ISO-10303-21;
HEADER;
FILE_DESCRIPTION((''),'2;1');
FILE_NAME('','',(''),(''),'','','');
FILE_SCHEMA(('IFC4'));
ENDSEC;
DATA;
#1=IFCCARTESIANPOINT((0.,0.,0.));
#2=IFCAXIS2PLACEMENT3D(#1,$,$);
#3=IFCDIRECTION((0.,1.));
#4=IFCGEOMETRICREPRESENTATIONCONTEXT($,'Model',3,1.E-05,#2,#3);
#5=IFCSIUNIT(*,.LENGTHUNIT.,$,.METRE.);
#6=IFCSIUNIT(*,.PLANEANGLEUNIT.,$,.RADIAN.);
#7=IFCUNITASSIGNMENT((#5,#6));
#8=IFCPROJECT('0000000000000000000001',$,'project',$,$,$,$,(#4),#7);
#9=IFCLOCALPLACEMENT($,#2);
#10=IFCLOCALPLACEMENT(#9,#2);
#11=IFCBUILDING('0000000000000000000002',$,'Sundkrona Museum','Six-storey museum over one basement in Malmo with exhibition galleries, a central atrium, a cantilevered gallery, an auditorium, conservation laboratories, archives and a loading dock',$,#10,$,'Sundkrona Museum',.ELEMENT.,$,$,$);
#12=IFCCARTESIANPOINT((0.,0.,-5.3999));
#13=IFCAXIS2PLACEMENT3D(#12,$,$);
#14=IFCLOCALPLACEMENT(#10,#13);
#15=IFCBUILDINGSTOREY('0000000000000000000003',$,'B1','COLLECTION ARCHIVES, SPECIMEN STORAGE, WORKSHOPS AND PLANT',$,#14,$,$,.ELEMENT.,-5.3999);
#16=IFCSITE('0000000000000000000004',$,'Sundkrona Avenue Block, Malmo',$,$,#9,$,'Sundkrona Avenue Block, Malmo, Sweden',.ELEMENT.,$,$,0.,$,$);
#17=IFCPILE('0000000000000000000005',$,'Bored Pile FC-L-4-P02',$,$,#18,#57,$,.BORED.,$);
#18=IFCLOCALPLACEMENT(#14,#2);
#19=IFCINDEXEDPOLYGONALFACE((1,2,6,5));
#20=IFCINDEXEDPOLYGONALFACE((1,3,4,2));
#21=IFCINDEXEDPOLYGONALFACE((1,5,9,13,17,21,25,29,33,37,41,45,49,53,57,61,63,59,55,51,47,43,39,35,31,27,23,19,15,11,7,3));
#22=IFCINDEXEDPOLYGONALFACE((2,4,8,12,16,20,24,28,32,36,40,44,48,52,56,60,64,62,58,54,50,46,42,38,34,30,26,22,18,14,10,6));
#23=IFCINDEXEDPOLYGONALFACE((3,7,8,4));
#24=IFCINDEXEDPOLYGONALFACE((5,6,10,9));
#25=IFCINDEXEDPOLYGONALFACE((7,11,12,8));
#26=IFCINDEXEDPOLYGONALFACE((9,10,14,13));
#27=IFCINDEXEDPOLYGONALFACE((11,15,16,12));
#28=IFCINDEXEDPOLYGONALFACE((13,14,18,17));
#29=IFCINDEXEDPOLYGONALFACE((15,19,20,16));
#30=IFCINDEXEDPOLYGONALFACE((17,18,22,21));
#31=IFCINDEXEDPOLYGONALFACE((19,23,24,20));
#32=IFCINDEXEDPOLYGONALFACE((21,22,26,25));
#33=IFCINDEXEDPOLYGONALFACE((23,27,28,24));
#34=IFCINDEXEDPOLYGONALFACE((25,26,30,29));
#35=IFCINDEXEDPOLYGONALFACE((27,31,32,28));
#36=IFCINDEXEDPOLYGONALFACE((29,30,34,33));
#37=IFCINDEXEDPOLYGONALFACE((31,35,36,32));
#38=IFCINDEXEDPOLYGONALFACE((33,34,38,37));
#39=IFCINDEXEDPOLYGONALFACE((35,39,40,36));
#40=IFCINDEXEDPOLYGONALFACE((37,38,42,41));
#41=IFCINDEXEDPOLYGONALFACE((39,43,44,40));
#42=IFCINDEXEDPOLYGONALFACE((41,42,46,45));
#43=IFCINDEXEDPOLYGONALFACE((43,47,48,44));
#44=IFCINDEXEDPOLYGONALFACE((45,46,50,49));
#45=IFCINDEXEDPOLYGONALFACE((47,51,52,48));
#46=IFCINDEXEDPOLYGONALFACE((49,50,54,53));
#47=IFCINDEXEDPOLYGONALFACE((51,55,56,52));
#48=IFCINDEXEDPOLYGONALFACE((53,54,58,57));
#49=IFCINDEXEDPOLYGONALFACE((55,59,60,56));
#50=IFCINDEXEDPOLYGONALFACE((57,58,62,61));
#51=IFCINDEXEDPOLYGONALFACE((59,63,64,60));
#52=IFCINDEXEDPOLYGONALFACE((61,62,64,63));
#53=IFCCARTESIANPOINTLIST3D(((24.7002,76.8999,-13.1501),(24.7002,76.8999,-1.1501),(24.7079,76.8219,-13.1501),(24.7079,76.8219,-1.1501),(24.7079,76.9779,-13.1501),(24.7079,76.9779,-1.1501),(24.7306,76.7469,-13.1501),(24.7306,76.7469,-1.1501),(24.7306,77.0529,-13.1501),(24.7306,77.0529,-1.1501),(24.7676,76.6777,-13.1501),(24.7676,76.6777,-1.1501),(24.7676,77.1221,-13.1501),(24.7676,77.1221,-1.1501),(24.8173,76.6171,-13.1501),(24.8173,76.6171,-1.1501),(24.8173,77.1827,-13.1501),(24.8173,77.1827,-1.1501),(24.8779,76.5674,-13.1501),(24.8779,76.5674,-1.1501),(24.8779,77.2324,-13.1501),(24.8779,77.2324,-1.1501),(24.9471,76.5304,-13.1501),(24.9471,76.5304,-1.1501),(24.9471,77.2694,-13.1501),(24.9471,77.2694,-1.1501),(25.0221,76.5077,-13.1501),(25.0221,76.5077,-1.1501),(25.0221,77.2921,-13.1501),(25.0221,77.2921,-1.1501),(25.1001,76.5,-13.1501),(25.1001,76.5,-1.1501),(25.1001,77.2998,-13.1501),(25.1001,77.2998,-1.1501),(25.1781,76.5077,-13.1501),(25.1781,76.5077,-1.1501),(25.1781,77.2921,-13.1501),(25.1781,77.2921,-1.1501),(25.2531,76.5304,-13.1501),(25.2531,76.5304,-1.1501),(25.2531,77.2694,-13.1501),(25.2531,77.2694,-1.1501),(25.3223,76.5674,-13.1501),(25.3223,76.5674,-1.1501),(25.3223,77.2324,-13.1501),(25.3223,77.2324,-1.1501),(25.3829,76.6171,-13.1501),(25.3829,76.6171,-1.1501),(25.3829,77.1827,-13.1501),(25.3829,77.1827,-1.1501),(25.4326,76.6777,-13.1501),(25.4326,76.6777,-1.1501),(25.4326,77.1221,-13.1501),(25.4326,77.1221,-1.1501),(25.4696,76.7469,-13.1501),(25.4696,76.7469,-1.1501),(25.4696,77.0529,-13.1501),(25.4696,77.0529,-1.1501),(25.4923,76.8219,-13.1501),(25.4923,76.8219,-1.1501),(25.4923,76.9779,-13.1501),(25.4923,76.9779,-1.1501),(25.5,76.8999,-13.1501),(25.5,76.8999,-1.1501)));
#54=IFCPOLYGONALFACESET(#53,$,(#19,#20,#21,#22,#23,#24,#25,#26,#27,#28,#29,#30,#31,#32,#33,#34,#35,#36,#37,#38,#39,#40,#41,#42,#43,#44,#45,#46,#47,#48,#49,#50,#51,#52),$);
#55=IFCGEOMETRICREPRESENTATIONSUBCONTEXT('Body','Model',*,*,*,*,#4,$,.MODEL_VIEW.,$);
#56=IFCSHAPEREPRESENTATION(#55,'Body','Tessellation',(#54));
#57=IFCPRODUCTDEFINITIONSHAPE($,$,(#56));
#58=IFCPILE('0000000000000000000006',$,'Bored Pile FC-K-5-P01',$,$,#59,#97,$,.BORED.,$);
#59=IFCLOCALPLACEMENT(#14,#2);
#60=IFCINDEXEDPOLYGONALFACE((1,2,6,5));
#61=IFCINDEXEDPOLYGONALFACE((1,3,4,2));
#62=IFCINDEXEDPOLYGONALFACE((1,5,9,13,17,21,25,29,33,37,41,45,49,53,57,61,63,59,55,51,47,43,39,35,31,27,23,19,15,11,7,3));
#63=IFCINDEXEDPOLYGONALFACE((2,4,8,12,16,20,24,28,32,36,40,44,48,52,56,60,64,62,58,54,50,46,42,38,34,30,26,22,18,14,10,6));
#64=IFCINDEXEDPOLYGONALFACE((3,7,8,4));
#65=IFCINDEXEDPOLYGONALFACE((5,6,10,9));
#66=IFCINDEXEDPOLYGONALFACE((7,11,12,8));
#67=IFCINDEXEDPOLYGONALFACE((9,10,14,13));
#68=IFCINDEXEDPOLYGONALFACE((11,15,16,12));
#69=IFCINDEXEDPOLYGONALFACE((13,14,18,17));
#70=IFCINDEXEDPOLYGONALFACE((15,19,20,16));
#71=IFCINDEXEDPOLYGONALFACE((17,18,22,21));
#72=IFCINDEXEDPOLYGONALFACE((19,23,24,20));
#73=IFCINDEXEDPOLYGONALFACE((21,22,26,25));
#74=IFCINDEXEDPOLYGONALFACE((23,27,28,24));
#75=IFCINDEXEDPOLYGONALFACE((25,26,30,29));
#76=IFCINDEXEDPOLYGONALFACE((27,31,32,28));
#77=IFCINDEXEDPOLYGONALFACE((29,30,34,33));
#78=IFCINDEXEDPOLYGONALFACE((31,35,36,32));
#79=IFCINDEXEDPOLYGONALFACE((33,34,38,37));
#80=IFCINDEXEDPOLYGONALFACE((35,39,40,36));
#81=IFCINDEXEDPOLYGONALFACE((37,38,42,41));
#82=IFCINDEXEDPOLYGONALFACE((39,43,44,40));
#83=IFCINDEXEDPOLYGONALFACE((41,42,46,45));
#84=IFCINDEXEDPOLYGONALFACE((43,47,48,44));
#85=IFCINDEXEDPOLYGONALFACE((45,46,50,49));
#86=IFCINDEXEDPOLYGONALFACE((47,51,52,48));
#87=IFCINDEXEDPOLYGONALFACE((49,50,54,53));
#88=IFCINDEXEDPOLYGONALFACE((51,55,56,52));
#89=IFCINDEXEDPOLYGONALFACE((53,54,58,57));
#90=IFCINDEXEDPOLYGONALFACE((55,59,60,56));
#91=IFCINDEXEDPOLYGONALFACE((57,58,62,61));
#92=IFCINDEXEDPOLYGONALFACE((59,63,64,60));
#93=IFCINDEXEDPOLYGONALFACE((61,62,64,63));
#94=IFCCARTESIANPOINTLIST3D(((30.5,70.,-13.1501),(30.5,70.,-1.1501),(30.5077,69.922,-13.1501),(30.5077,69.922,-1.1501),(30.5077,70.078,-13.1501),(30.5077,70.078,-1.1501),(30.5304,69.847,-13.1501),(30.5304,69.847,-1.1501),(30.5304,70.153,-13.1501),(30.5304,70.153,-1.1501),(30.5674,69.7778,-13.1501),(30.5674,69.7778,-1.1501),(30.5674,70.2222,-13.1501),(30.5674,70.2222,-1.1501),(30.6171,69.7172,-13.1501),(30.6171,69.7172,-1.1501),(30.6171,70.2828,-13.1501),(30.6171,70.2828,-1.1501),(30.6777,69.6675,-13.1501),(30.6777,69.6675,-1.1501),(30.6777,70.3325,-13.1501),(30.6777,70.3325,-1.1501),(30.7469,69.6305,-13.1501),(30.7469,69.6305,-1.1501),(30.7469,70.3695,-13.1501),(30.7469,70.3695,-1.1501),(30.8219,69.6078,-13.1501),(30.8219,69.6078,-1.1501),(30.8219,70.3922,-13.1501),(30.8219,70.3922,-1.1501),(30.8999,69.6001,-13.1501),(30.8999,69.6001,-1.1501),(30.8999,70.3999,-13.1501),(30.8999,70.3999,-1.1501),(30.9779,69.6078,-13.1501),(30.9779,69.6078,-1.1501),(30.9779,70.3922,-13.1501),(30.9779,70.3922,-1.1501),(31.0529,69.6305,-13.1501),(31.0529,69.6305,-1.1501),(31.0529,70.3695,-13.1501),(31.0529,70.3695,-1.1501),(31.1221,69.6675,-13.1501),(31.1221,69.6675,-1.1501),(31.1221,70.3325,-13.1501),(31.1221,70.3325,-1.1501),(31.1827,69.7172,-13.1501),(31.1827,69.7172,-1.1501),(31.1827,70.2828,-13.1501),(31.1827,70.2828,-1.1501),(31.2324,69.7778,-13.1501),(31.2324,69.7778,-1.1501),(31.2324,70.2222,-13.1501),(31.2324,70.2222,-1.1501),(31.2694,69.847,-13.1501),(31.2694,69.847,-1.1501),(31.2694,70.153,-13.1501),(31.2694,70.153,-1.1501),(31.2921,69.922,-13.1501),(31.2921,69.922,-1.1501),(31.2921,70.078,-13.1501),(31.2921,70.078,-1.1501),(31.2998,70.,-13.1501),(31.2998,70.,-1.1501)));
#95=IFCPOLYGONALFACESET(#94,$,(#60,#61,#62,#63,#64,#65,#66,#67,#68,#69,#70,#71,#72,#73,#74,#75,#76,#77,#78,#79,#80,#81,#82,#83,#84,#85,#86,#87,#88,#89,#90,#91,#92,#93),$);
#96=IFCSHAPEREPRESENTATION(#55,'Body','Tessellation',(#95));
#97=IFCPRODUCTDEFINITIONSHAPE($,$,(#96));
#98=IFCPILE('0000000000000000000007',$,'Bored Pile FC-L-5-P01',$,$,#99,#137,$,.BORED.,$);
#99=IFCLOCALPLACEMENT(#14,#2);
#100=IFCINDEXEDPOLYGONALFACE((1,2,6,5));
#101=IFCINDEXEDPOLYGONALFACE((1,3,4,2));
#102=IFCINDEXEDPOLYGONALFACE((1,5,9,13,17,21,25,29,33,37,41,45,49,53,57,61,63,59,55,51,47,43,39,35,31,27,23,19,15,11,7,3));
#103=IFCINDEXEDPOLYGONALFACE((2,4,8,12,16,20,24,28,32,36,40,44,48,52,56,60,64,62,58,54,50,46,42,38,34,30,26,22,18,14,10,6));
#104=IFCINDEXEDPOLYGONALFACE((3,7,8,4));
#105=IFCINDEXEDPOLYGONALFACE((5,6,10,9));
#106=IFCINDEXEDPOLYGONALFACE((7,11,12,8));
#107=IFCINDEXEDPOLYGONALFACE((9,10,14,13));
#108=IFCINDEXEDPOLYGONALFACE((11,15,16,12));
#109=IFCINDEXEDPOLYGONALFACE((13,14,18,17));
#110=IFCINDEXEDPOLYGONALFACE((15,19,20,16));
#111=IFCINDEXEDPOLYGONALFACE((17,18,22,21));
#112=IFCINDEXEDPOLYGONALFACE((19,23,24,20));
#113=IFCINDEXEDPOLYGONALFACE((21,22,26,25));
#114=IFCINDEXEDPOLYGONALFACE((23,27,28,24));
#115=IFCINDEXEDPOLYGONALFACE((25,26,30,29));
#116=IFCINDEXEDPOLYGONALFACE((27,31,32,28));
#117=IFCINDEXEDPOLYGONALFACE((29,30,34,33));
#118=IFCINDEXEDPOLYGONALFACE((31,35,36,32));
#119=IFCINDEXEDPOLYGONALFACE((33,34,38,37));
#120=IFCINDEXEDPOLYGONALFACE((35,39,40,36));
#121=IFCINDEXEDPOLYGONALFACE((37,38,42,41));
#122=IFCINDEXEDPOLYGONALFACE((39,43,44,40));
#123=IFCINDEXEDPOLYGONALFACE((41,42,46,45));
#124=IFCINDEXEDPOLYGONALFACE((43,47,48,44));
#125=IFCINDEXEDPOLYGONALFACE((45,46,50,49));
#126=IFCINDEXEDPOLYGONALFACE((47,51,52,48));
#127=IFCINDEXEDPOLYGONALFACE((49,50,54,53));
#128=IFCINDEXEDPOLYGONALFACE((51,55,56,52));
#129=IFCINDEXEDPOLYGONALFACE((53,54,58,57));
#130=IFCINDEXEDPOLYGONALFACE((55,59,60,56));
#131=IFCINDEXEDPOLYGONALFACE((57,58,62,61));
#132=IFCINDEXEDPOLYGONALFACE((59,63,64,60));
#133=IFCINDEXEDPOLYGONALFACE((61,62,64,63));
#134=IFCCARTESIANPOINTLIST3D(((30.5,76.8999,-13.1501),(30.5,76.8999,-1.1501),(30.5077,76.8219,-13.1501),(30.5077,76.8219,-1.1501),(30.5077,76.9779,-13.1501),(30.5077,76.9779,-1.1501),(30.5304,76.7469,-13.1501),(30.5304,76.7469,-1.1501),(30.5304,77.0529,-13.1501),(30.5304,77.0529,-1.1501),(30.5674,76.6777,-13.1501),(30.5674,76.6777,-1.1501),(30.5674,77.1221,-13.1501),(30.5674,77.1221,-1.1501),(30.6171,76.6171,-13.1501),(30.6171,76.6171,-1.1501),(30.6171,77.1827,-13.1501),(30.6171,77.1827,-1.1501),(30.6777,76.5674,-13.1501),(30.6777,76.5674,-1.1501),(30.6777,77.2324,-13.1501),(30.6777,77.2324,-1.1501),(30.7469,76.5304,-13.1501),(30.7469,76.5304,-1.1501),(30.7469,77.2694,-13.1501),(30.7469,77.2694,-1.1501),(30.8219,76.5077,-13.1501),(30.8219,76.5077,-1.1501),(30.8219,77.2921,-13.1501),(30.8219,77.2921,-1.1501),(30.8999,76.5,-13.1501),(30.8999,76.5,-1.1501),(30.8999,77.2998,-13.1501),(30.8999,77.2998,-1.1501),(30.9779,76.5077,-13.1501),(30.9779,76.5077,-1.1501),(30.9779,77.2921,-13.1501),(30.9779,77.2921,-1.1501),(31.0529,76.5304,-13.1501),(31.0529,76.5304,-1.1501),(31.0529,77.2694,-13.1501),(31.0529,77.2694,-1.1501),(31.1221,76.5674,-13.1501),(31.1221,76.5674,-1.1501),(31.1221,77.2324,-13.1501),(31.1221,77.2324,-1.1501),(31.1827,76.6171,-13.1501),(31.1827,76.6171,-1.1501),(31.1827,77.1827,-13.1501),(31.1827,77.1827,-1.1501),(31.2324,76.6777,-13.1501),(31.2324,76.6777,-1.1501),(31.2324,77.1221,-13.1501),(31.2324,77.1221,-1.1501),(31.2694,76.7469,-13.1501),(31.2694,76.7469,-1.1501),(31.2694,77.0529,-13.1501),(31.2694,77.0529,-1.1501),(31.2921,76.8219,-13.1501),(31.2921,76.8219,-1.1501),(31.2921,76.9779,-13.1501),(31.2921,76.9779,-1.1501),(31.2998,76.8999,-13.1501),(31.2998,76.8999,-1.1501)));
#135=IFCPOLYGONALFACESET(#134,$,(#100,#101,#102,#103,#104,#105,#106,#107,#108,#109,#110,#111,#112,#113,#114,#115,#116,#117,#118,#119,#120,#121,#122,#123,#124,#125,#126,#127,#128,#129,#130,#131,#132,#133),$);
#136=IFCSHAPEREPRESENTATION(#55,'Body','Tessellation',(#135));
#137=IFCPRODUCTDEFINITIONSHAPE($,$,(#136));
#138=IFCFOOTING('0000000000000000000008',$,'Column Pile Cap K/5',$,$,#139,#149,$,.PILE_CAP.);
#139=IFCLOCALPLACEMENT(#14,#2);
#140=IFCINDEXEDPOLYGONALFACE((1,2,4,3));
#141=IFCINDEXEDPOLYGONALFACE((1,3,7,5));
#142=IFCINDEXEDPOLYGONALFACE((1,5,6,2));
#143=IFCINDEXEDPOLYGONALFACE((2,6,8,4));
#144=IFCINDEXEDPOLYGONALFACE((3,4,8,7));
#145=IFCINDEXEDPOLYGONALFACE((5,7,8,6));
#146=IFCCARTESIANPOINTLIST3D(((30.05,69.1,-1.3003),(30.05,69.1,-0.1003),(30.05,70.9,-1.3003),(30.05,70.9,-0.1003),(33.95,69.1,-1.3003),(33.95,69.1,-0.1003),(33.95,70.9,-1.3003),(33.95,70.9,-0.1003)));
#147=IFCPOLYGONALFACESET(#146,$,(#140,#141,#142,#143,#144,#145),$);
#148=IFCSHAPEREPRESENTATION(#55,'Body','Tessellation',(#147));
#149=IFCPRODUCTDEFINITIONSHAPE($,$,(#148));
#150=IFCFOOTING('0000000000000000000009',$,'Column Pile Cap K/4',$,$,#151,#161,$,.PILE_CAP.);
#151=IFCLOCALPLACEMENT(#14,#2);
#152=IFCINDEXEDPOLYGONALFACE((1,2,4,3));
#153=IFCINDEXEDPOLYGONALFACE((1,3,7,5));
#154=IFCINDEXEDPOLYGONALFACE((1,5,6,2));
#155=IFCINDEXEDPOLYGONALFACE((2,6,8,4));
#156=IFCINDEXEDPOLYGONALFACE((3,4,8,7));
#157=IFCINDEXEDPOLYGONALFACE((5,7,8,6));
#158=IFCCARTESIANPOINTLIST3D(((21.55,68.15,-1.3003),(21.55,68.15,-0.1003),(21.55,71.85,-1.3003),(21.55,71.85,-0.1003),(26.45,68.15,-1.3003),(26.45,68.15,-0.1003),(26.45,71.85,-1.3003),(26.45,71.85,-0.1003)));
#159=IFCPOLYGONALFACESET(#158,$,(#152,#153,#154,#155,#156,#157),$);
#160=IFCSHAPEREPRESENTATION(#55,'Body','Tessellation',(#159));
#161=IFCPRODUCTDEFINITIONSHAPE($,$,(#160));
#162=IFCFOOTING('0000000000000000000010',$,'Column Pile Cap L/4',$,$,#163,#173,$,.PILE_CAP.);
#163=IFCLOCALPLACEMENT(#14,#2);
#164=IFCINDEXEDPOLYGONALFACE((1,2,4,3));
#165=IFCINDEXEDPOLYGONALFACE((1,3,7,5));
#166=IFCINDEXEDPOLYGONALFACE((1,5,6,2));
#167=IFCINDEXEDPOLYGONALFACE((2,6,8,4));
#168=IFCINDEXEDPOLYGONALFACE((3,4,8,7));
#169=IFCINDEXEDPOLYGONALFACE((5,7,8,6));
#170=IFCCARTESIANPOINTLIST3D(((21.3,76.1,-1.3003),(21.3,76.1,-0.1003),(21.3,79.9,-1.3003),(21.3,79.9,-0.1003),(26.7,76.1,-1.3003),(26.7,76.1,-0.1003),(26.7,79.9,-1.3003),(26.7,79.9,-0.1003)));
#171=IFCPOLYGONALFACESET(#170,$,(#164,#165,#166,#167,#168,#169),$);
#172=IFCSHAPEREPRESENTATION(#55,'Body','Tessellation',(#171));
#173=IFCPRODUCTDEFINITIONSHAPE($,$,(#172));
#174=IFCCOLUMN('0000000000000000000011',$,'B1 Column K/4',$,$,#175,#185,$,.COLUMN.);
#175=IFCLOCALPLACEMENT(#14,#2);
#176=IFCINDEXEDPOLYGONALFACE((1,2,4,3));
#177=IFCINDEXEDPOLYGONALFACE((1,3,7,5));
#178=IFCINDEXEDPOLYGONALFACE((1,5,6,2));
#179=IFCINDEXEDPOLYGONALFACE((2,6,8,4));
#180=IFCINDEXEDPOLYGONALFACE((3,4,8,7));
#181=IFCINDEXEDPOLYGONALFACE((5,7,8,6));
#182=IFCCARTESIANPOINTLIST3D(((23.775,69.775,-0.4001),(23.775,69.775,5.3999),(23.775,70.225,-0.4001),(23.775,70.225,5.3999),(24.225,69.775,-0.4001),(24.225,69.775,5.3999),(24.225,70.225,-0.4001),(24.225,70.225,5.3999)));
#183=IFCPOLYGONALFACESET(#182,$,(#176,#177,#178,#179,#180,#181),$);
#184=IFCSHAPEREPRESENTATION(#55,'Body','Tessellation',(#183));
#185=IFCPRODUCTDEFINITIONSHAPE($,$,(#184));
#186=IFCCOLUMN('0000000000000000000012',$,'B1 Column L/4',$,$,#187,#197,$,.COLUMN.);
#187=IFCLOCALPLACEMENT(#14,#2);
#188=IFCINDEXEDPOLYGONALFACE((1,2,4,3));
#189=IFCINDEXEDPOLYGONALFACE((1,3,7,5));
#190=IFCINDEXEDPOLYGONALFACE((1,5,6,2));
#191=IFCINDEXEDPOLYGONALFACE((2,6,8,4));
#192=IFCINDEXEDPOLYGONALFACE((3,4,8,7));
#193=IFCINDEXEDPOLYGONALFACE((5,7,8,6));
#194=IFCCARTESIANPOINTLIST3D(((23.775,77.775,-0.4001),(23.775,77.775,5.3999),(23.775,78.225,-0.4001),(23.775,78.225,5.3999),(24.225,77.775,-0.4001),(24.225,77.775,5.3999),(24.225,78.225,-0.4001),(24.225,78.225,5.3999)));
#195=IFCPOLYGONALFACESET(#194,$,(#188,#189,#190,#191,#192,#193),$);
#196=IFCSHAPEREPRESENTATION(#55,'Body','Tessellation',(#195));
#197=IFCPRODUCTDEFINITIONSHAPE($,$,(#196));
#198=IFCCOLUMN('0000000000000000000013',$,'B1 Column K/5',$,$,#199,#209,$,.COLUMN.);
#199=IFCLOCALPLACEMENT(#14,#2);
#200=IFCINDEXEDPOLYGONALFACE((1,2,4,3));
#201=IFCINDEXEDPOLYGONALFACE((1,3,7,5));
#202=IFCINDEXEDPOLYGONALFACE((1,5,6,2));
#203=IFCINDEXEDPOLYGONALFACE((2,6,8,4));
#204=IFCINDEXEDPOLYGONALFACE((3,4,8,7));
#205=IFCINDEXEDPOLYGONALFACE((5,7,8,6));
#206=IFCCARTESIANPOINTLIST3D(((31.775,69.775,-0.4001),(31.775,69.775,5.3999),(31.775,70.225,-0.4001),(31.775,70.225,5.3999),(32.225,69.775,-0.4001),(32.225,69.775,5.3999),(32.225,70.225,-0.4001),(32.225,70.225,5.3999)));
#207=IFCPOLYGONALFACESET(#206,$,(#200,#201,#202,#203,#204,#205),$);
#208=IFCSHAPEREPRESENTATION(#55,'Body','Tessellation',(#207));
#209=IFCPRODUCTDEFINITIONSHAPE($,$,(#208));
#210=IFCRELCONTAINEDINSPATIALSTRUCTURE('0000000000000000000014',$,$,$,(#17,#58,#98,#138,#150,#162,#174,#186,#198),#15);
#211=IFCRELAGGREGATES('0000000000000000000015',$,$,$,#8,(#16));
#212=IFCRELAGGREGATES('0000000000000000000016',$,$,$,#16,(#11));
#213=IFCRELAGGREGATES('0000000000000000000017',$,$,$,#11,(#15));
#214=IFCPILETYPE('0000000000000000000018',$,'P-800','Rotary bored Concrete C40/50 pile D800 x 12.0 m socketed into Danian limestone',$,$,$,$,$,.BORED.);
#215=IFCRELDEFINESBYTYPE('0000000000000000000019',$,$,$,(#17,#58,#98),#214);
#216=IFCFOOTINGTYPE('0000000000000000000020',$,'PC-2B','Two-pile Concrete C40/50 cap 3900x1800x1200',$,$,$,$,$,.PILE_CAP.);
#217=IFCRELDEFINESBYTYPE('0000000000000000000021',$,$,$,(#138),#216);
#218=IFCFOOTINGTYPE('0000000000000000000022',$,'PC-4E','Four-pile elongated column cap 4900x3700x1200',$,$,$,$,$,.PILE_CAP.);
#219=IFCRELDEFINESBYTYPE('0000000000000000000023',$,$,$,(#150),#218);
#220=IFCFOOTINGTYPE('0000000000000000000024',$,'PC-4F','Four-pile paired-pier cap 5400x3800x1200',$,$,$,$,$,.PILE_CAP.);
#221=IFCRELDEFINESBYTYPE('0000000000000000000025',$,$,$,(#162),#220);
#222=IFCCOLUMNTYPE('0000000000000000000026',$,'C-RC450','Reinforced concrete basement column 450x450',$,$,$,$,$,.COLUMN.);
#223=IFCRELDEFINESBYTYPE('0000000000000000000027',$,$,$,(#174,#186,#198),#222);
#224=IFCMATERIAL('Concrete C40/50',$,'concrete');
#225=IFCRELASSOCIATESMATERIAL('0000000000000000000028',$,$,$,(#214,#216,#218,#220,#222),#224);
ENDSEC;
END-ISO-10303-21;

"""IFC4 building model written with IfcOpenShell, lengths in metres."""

from ifc_helpers import new_model, si_unit, direction, frame, origin, origin_2d, place, context, subcontext, project, spatial, rectangle, circle, extrude, material, material_profile, profile_set, type_object, element, save


model = new_model("IFC4")

# Units and contexts
model_context = context("Model", 3, precision=1e-05, world=origin(), true_north=direction((0.0, 1.0)))
body_context = subcontext(model_context, "Body", "Model", "MODEL_VIEW")
ifc_project = project(units=[si_unit("LENGTHUNIT", "METRE"), si_unit("PLANEANGLEUNIT", "RADIAN")], contexts=[model_context])

# Site, building, storey
site_placement = place(None, origin())
site = spatial("IfcSite", under=ifc_project, at=site_placement, Name="Sundkrona Avenue Block, Malmo", LongName="Sundkrona Avenue Block, Malmo, Sweden", CompositionType="ELEMENT", RefElevation=0.0)
building_placement = place(site_placement, origin())
building = spatial("IfcBuilding", under=site, at=building_placement, Name="Sundkrona Museum", Description="Six-storey museum over one basement in Malmo with exhibition galleries, a central atrium, a cantilevered gallery, an auditorium, conservation laboratories, archives and a loading dock", LongName="Sundkrona Museum", CompositionType="ELEMENT")
storey_placement = place(building_placement, frame((0.0, 0.0, -5.3999)))
storey = spatial("IfcBuildingStorey", under=building, at=storey_placement, Name="B1", Description="COLLECTION ARCHIVES, SPECIMEN STORAGE, WORKSHOPS AND PLANT", CompositionType="ELEMENT", Elevation=-5.3999)

# Shared definitions
ifc_material_1 = material(Name="Concrete C40/50", Category="concrete")

# Piles
ifc_material_profile_1 = material_profile(ifc_material_1, circle(Radius=0.3999, at=origin_2d()), Name="PILE D800")
ifc_profile_set_1 = profile_set([ifc_material_profile_1], Name="Concrete C40/50")
pile_type = type_object("IfcPileType", Name="P-800", Description="Rotary bored Concrete C40/50 pile D800 x 12.0 m socketed into Danian limestone", PredefinedType="BORED", material=ifc_profile_set_1)
for number, where, z_axis, x_axis, name in (
    (1, (25.1001, 76.8999, -1.1501), (0.0, 0.0, -1.0), (1.0, 0.0, 0.0), "Bored Pile FC-L-4-P02"),
    (2, (30.8999, 70.0, -1.1501), (0.0, 0.0, -1.0), (1.0, 0.0, 0.0), "Bored Pile FC-K-5-P01"),
    (3, (30.8999, 76.8999, -1.1501), (0.0, 0.0, -1.0), (1.0, 0.0, 0.0), "Bored Pile FC-L-5-P01"),
):
    element("IfcPile", number, at=place(storey_placement, frame(where, z_axis=z_axis, x_axis=x_axis)), inside=storey, type_object=pile_type, Name=name, PredefinedType="BORED", context=body_context, shape_type="SweptSolid", body=[
        extrude(circle(Radius=0.3999, at=origin_2d()), origin(), (0.0, 0.0, 1.0), 12.0),
    ])

# Footings
footing_type_1 = type_object("IfcFootingType", Name="PC-2B", Description="Two-pile Concrete C40/50 cap 3900x1800x1200", PredefinedType="PILE_CAP", material=ifc_material_1)
footing_1_placement = place(storey_placement, frame((32.0, 70.0, -1.3003), z_axis=(0.0, 0.0, 1.0), x_axis=(1.0, 0.0, 0.0)))
element("IfcFooting", 4, at=footing_1_placement, inside=storey, type_object=footing_type_1, Name="Column Pile Cap K/5", PredefinedType="PILE_CAP", context=body_context, shape_type="SweptSolid", body=[
    extrude(rectangle(XDim=3.8999, YDim=1.8, at=origin_2d()), origin(), (0.0, 0.0, 1.0), 1.2),
])
footing_type_2 = type_object("IfcFootingType", Name="PC-4E", Description="Four-pile elongated column cap 4900x3700x1200", PredefinedType="PILE_CAP", material=ifc_material_1)
footing_2_placement = place(storey_placement, frame((24.0, 70.0, -1.3003), z_axis=(0.0, 0.0, 1.0), x_axis=(1.0, 0.0, 0.0)))
element("IfcFooting", 5, at=footing_2_placement, inside=storey, type_object=footing_type_2, Name="Column Pile Cap K/4", PredefinedType="PILE_CAP", context=body_context, shape_type="SweptSolid", body=[
    extrude(rectangle(XDim=4.8999, YDim=3.7, at=origin_2d()), origin(), (0.0, 0.0, 1.0), 1.2),
])
footing_type_3 = type_object("IfcFootingType", Name="PC-4F", Description="Four-pile paired-pier cap 5400x3800x1200", PredefinedType="PILE_CAP", material=ifc_material_1)
footing_3_placement = place(storey_placement, frame((24.0, 78.0, -1.3003), z_axis=(0.0, 0.0, 1.0), x_axis=(1.0, 0.0, 0.0)))
element("IfcFooting", 6, at=footing_3_placement, inside=storey, type_object=footing_type_3, Name="Column Pile Cap L/4", PredefinedType="PILE_CAP", context=body_context, shape_type="SweptSolid", body=[
    extrude(rectangle(XDim=5.3999, YDim=3.8, at=origin_2d()), origin(), (0.0, 0.0, 1.0), 1.2),
])

# Columns
ifc_material_profile_2 = material_profile(ifc_material_1, rectangle(XDim=0.45, YDim=0.45, at=origin_2d()), Name="RC 450x450")
ifc_profile_set_2 = profile_set([ifc_material_profile_2], Name="Concrete C40/50")
column_type = type_object("IfcColumnType", Name="C-RC450", Description="Reinforced concrete basement column 450x450", PredefinedType="COLUMN", material=ifc_profile_set_2)
for number, where, z_axis, x_axis, name in (
    (7, (24.0, 70.0, -0.4001), (0.0, 0.0, 1.0), (1.0, 0.0, 0.0), "B1 Column K/4"),
    (8, (24.0, 78.0, -0.4001), (0.0, 0.0, 1.0), (1.0, 0.0, 0.0), "B1 Column L/4"),
    (9, (32.0, 70.0, -0.4001), (0.0, 0.0, 1.0), (1.0, 0.0, 0.0), "B1 Column K/5"),
):
    element("IfcColumn", number, at=place(storey_placement, frame(where, z_axis=z_axis, x_axis=x_axis)), inside=storey, type_object=column_type, Name=name, PredefinedType="COLUMN", context=body_context, shape_type="SweptSolid", body=[
        extrude(rectangle(XDim=0.45, YDim=0.45, at=origin_2d()), origin(), (0.0, 0.0, 1.0), 5.8),
    ])

save(model, "model.ifc")
